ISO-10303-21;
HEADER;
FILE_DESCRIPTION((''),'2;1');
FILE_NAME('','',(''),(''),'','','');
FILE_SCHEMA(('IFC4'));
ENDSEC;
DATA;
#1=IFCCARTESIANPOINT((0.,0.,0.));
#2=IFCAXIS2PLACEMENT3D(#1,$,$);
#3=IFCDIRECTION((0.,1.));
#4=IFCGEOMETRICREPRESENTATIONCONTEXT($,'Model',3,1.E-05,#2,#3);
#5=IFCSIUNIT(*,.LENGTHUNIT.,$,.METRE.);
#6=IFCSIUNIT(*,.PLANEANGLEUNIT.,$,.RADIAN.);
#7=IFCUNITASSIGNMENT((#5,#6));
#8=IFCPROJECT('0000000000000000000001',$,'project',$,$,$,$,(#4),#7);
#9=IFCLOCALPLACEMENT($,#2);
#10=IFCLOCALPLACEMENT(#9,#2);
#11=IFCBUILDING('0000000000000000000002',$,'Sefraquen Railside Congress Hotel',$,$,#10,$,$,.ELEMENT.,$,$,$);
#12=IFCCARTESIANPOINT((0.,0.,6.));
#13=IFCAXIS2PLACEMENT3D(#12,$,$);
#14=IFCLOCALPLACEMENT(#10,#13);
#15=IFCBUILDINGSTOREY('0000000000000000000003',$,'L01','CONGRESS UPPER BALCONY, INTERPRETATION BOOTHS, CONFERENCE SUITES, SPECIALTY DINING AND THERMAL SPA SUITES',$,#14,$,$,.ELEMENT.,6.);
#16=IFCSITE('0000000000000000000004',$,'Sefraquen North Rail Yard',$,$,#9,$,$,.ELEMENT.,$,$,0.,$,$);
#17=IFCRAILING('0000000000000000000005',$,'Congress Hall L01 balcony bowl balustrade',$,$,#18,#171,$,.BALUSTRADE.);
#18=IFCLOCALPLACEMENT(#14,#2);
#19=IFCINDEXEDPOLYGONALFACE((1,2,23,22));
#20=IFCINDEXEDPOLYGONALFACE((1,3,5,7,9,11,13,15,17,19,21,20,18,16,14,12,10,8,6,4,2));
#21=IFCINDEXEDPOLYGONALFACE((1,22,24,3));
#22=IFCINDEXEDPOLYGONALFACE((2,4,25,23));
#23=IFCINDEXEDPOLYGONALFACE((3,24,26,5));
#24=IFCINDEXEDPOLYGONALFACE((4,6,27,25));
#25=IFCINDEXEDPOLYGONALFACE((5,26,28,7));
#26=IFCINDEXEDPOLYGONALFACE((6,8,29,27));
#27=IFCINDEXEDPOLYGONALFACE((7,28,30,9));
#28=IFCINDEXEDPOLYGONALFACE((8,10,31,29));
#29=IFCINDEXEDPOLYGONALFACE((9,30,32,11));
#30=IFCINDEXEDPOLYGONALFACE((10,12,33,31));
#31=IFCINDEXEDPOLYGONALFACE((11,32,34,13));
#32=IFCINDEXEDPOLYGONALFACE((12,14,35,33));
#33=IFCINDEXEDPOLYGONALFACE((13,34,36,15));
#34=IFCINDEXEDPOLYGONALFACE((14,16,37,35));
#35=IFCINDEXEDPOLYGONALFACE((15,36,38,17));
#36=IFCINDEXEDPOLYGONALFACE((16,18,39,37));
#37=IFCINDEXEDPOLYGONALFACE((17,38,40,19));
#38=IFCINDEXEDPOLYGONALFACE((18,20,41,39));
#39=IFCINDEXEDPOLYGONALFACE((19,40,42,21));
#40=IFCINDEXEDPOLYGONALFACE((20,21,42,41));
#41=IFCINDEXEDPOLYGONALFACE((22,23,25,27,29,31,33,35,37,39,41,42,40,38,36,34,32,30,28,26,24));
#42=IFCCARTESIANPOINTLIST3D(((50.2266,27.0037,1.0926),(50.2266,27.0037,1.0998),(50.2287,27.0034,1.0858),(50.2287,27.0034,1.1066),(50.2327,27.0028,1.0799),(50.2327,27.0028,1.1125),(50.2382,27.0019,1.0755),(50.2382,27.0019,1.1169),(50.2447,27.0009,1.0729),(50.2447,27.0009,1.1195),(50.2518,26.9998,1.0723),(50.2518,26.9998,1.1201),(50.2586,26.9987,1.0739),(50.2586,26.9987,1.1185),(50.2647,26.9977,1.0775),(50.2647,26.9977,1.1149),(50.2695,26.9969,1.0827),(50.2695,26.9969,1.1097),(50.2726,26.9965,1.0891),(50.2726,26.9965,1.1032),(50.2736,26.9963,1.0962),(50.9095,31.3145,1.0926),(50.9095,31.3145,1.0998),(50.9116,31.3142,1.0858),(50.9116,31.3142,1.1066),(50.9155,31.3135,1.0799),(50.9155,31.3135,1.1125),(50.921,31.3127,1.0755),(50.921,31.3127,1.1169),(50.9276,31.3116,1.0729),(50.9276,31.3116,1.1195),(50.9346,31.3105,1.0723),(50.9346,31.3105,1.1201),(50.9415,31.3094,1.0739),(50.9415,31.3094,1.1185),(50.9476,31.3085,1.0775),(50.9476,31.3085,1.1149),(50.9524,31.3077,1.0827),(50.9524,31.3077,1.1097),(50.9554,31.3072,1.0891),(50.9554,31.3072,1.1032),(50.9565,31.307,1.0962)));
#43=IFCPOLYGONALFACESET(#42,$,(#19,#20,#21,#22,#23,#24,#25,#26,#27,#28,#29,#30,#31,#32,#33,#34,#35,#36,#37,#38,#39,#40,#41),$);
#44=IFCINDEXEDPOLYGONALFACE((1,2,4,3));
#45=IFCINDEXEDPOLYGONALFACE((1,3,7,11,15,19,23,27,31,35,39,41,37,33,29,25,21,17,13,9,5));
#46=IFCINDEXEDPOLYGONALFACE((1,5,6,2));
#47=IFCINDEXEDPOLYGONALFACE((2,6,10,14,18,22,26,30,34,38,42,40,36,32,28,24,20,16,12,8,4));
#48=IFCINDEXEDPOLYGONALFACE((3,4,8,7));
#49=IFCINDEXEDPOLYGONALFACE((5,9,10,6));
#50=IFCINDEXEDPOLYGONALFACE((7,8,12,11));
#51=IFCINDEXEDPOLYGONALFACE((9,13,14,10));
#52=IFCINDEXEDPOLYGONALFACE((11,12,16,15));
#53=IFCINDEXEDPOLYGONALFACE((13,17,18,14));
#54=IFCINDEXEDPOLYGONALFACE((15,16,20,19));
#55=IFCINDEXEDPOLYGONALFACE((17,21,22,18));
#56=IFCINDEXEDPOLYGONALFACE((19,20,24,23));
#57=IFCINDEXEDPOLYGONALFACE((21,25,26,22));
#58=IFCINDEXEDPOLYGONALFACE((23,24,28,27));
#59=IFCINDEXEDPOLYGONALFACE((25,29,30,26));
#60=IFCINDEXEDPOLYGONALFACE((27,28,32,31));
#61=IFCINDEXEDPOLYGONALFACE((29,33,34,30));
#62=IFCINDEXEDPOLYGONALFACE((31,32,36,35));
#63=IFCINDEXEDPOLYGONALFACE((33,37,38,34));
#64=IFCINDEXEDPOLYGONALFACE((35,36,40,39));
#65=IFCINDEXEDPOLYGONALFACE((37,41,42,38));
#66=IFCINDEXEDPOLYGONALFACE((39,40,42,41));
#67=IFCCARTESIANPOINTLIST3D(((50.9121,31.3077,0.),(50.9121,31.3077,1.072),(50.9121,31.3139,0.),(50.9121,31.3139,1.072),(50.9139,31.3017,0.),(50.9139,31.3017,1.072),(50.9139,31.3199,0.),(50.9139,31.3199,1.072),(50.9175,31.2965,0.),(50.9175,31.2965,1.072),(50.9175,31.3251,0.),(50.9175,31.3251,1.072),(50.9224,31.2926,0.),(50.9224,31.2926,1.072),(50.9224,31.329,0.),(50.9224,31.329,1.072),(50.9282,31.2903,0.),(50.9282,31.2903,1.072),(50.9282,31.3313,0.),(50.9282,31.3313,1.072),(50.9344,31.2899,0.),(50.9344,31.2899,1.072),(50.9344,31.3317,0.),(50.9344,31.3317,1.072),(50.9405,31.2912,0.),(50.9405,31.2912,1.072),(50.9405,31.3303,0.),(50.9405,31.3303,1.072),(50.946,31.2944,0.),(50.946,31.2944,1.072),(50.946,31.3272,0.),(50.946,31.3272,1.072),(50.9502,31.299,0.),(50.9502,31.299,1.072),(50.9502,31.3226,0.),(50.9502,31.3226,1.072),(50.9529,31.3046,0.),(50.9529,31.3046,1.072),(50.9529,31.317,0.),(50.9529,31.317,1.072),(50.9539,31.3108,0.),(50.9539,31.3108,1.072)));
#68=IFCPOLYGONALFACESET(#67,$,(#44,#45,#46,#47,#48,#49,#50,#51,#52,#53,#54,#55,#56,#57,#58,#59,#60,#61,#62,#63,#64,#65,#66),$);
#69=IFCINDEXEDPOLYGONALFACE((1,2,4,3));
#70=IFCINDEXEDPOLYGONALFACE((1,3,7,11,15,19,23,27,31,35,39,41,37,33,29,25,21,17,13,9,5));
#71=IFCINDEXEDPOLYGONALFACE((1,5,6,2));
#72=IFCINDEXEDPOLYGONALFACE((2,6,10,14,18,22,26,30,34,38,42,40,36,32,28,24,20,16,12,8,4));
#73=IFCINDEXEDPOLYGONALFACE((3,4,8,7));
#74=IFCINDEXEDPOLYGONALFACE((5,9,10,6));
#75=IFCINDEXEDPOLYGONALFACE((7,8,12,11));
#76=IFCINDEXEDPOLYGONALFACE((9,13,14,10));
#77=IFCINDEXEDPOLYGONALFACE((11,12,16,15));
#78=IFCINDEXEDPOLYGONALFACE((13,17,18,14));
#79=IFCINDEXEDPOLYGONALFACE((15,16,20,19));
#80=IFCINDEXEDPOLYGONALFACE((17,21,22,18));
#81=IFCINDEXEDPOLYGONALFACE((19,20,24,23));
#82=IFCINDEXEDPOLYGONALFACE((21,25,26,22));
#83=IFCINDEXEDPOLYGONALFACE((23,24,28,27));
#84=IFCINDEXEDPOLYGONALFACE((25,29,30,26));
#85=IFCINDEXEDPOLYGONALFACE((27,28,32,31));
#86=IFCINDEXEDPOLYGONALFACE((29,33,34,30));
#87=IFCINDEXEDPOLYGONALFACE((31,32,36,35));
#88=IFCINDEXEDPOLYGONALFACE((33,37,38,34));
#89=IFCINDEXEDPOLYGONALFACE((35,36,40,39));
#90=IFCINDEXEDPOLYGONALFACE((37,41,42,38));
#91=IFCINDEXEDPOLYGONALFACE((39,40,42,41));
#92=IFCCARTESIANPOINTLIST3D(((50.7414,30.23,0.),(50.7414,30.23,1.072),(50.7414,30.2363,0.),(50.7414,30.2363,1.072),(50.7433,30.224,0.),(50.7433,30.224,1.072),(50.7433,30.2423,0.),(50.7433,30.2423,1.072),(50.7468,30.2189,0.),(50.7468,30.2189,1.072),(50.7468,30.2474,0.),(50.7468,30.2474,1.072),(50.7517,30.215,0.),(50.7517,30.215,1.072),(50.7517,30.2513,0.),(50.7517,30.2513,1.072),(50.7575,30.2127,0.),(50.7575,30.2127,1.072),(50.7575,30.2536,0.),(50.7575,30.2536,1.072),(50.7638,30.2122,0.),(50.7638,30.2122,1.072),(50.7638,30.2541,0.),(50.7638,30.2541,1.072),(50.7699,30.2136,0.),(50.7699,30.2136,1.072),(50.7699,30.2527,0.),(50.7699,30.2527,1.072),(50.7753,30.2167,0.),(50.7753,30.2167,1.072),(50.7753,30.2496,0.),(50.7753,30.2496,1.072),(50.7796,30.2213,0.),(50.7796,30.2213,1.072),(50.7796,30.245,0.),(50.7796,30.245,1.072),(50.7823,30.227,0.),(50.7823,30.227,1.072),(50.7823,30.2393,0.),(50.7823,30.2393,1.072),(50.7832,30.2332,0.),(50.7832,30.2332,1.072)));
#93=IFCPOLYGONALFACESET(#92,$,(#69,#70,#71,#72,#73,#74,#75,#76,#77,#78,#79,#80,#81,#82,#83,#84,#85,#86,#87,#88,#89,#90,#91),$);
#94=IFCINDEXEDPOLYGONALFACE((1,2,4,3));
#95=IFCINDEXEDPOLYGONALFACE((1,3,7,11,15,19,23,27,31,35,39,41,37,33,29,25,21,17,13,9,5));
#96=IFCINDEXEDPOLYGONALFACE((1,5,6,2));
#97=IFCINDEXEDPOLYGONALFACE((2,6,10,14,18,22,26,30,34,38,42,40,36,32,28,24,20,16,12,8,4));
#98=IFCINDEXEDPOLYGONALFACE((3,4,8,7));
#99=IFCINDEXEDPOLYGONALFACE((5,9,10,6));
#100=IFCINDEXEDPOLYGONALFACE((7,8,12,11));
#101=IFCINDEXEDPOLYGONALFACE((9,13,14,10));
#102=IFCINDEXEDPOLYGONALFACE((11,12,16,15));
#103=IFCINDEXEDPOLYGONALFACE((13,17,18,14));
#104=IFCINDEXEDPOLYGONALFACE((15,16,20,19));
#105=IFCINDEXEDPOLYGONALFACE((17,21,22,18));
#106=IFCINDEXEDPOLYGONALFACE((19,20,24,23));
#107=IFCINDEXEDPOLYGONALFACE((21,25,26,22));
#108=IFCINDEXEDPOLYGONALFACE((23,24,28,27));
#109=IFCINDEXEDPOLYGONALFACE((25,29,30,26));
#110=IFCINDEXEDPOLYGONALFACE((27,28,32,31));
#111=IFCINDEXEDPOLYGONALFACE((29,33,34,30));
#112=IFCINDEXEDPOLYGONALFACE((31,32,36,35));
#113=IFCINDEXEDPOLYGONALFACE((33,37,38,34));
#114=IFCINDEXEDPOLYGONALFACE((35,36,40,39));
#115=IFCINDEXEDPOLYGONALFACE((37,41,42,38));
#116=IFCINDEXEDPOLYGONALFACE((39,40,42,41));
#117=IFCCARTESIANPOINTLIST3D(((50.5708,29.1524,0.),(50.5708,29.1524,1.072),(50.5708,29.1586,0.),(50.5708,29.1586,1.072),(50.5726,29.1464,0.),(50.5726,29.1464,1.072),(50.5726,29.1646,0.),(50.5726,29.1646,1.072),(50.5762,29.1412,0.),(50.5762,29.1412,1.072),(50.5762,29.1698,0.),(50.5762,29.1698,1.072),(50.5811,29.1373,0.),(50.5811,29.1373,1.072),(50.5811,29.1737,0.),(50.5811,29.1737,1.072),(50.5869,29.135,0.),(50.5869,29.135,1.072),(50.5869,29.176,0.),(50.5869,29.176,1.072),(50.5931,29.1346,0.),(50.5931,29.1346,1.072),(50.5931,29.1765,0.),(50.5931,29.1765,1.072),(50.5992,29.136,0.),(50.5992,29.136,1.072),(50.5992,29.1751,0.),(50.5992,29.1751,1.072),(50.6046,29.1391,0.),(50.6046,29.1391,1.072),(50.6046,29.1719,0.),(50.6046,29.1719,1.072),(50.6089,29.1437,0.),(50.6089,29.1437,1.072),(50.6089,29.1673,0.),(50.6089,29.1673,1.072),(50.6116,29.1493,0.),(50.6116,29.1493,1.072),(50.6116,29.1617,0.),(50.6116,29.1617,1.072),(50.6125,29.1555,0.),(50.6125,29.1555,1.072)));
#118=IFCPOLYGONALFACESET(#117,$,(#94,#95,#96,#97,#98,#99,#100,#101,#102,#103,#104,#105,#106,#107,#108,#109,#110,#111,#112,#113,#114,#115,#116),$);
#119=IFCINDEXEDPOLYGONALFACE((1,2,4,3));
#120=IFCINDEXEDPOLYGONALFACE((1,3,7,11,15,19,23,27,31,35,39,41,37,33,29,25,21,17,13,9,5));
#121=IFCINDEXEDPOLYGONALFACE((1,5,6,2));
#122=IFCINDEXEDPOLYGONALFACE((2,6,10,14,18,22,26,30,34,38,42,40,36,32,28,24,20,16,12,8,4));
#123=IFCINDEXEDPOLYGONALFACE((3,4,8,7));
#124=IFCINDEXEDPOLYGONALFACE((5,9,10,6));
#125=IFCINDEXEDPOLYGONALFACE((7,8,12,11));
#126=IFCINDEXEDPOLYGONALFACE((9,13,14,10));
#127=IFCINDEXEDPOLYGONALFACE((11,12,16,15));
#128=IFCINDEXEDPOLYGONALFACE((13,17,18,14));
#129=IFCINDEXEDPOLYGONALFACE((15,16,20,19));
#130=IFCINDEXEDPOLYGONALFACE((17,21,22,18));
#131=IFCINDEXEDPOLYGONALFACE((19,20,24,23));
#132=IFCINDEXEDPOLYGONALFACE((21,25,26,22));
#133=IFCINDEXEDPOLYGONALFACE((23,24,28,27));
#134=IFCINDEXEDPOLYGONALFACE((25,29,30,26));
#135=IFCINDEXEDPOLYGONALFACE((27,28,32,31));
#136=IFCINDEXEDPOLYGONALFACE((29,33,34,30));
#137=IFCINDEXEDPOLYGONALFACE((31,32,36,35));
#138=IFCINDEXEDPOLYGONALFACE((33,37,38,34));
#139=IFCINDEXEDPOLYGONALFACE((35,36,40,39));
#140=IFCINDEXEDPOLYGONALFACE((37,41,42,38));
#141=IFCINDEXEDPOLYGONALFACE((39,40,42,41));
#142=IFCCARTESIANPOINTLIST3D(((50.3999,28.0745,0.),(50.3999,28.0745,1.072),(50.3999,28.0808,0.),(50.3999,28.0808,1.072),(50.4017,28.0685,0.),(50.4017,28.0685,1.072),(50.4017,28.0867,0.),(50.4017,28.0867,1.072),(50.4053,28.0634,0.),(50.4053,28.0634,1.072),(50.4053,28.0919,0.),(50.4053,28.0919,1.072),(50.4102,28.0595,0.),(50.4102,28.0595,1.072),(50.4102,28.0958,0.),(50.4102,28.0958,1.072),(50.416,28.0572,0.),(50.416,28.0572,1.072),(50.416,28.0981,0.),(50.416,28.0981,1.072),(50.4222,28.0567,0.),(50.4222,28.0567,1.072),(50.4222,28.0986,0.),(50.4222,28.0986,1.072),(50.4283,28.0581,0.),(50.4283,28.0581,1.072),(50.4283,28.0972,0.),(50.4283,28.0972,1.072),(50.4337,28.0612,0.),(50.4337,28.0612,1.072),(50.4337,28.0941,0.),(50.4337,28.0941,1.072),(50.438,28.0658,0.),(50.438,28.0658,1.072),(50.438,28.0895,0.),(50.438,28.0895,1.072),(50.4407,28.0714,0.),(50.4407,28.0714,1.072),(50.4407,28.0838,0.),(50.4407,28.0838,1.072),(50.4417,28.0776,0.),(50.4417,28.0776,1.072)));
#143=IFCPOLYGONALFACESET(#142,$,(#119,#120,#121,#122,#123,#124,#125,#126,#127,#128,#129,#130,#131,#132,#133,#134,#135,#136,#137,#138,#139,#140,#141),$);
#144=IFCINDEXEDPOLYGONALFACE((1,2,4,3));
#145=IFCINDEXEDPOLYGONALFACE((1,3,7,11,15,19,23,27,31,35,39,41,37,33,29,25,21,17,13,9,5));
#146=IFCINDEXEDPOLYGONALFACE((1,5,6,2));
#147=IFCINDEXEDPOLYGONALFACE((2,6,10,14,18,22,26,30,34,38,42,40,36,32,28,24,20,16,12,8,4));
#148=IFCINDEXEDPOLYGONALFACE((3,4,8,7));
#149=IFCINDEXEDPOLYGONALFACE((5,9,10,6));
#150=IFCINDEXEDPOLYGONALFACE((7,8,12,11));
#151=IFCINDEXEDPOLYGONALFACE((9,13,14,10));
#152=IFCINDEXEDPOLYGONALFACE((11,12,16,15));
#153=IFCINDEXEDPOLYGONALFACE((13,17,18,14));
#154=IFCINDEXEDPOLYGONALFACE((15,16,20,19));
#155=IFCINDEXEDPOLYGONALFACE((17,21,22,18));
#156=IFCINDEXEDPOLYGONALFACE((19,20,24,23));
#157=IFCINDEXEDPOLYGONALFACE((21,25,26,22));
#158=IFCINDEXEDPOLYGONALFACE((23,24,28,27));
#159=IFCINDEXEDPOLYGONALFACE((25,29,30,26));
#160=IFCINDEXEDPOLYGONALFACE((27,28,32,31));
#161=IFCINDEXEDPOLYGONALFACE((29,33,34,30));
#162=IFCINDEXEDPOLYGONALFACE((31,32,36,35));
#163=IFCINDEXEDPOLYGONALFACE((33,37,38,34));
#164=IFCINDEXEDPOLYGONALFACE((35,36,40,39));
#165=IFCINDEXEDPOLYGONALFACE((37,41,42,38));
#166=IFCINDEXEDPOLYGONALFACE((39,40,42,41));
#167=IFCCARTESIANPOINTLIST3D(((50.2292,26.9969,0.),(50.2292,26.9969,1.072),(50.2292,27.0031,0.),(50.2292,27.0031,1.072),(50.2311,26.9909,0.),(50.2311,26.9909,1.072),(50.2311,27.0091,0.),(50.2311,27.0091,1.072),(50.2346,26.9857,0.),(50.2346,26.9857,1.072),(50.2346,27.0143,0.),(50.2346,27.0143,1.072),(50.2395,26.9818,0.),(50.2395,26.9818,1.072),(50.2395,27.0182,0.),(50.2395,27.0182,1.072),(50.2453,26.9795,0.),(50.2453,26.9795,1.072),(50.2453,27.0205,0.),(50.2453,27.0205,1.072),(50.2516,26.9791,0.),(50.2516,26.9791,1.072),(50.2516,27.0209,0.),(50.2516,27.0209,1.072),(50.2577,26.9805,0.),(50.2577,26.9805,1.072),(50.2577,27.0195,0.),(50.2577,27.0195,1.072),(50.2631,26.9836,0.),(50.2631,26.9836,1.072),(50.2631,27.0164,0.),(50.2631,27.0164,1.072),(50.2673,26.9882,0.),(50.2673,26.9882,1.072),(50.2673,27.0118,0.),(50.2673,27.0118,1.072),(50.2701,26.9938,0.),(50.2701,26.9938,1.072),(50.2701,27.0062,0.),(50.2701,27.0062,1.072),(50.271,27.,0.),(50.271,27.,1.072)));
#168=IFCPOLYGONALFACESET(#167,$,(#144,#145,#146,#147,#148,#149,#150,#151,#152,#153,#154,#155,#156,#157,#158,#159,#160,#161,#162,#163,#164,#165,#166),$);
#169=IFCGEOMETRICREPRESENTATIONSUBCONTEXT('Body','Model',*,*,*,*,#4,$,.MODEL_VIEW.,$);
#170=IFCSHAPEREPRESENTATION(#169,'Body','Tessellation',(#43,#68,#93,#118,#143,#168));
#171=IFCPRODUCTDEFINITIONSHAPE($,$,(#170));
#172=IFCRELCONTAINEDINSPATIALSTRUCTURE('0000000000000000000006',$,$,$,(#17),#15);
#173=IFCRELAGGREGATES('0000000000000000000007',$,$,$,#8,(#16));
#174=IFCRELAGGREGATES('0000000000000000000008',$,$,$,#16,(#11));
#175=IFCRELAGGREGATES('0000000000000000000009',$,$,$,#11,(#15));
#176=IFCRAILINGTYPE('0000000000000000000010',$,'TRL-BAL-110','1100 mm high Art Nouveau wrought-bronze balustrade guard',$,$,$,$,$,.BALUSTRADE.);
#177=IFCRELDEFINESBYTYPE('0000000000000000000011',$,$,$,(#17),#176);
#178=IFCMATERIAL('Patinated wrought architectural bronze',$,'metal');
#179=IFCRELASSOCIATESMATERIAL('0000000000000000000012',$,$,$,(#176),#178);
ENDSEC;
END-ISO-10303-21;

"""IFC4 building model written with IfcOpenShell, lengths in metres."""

from ifc_helpers import new_model, si_unit, direction, frame, origin, origin_2d, place, context, subcontext, project, spatial, circle, extrude, material, type_object, element, save


model = new_model("IFC4")

# Units and contexts
model_context = context("Model", 3, precision=1e-05, world=origin(), true_north=direction((0.0, 1.0)))
body_context = subcontext(model_context, "Body", "Model", "MODEL_VIEW")
ifc_project = project(units=[si_unit("LENGTHUNIT", "METRE"), si_unit("PLANEANGLEUNIT", "RADIAN")], contexts=[model_context])

# Site, building, storey
site_placement = place(None, origin())
site = spatial("IfcSite", under=ifc_project, at=site_placement, Name="Sefraquen North Rail Yard", CompositionType="ELEMENT", RefElevation=0.0)
building_placement = place(site_placement, origin())
building = spatial("IfcBuilding", under=site, at=building_placement, Name="Sefraquen Railside Congress Hotel", CompositionType="ELEMENT")
storey_placement = place(building_placement, frame((0.0, 0.0, 6.0)))
storey = spatial("IfcBuildingStorey", under=building, at=storey_placement, Name="L01", Description="CONGRESS UPPER BALCONY, INTERPRETATION BOOTHS, CONFERENCE SUITES, SPECIALTY DINING AND THERMAL SPA SUITES", CompositionType="ELEMENT", Elevation=6.0)

# Railing
ifc_material_1 = material(Name="Patinated wrought architectural bronze", Category="metal")
railing_type = type_object("IfcRailingType", Name="TRL-BAL-110", Description="1100 mm high Art Nouveau wrought-bronze balustrade guard", PredefinedType="BALUSTRADE", material=ifc_material_1)
railing_1_placement = place(storey_placement, frame((50.9329, 31.3108, 0.0)))
element("IfcRailing", 1, at=railing_1_placement, inside=storey, type_object=railing_type, Name="Congress Hall L01 balcony bowl balustrade", PredefinedType="BALUSTRADE", context=body_context, shape_type="SweptSolid", body=[
    extrude(circle(Radius=0.0239, at=origin_2d()), frame((0.0, 0.0, 1.0962), z_axis=(-0.156457, -0.987685, 0.0), x_axis=(0.987685, -0.156457, 0.0)), (0.0, 0.0, 1.0), 4.3645),
    extrude(circle(Radius=0.021, at=origin_2d()), origin(), (0.0, 0.0, 1.0), 1.072),
    extrude(circle(Radius=0.021, at=origin_2d()), frame((-0.1707, -1.0776, 0.0)), (0.0, 0.0, 1.0), 1.072),
    extrude(circle(Radius=0.021, at=origin_2d()), frame((-0.3413, -2.1553, 0.0)), (0.0, 0.0, 1.0), 1.072),
    extrude(circle(Radius=0.021, at=origin_2d()), frame((-0.5122, -3.2332, 0.0)), (0.0, 0.0, 1.0), 1.072),
    extrude(circle(Radius=0.021, at=origin_2d()), frame((-0.6829, -4.3108, 0.0)), (0.0, 0.0, 1.0), 1.072),
])

save(model, "model.ifc")
